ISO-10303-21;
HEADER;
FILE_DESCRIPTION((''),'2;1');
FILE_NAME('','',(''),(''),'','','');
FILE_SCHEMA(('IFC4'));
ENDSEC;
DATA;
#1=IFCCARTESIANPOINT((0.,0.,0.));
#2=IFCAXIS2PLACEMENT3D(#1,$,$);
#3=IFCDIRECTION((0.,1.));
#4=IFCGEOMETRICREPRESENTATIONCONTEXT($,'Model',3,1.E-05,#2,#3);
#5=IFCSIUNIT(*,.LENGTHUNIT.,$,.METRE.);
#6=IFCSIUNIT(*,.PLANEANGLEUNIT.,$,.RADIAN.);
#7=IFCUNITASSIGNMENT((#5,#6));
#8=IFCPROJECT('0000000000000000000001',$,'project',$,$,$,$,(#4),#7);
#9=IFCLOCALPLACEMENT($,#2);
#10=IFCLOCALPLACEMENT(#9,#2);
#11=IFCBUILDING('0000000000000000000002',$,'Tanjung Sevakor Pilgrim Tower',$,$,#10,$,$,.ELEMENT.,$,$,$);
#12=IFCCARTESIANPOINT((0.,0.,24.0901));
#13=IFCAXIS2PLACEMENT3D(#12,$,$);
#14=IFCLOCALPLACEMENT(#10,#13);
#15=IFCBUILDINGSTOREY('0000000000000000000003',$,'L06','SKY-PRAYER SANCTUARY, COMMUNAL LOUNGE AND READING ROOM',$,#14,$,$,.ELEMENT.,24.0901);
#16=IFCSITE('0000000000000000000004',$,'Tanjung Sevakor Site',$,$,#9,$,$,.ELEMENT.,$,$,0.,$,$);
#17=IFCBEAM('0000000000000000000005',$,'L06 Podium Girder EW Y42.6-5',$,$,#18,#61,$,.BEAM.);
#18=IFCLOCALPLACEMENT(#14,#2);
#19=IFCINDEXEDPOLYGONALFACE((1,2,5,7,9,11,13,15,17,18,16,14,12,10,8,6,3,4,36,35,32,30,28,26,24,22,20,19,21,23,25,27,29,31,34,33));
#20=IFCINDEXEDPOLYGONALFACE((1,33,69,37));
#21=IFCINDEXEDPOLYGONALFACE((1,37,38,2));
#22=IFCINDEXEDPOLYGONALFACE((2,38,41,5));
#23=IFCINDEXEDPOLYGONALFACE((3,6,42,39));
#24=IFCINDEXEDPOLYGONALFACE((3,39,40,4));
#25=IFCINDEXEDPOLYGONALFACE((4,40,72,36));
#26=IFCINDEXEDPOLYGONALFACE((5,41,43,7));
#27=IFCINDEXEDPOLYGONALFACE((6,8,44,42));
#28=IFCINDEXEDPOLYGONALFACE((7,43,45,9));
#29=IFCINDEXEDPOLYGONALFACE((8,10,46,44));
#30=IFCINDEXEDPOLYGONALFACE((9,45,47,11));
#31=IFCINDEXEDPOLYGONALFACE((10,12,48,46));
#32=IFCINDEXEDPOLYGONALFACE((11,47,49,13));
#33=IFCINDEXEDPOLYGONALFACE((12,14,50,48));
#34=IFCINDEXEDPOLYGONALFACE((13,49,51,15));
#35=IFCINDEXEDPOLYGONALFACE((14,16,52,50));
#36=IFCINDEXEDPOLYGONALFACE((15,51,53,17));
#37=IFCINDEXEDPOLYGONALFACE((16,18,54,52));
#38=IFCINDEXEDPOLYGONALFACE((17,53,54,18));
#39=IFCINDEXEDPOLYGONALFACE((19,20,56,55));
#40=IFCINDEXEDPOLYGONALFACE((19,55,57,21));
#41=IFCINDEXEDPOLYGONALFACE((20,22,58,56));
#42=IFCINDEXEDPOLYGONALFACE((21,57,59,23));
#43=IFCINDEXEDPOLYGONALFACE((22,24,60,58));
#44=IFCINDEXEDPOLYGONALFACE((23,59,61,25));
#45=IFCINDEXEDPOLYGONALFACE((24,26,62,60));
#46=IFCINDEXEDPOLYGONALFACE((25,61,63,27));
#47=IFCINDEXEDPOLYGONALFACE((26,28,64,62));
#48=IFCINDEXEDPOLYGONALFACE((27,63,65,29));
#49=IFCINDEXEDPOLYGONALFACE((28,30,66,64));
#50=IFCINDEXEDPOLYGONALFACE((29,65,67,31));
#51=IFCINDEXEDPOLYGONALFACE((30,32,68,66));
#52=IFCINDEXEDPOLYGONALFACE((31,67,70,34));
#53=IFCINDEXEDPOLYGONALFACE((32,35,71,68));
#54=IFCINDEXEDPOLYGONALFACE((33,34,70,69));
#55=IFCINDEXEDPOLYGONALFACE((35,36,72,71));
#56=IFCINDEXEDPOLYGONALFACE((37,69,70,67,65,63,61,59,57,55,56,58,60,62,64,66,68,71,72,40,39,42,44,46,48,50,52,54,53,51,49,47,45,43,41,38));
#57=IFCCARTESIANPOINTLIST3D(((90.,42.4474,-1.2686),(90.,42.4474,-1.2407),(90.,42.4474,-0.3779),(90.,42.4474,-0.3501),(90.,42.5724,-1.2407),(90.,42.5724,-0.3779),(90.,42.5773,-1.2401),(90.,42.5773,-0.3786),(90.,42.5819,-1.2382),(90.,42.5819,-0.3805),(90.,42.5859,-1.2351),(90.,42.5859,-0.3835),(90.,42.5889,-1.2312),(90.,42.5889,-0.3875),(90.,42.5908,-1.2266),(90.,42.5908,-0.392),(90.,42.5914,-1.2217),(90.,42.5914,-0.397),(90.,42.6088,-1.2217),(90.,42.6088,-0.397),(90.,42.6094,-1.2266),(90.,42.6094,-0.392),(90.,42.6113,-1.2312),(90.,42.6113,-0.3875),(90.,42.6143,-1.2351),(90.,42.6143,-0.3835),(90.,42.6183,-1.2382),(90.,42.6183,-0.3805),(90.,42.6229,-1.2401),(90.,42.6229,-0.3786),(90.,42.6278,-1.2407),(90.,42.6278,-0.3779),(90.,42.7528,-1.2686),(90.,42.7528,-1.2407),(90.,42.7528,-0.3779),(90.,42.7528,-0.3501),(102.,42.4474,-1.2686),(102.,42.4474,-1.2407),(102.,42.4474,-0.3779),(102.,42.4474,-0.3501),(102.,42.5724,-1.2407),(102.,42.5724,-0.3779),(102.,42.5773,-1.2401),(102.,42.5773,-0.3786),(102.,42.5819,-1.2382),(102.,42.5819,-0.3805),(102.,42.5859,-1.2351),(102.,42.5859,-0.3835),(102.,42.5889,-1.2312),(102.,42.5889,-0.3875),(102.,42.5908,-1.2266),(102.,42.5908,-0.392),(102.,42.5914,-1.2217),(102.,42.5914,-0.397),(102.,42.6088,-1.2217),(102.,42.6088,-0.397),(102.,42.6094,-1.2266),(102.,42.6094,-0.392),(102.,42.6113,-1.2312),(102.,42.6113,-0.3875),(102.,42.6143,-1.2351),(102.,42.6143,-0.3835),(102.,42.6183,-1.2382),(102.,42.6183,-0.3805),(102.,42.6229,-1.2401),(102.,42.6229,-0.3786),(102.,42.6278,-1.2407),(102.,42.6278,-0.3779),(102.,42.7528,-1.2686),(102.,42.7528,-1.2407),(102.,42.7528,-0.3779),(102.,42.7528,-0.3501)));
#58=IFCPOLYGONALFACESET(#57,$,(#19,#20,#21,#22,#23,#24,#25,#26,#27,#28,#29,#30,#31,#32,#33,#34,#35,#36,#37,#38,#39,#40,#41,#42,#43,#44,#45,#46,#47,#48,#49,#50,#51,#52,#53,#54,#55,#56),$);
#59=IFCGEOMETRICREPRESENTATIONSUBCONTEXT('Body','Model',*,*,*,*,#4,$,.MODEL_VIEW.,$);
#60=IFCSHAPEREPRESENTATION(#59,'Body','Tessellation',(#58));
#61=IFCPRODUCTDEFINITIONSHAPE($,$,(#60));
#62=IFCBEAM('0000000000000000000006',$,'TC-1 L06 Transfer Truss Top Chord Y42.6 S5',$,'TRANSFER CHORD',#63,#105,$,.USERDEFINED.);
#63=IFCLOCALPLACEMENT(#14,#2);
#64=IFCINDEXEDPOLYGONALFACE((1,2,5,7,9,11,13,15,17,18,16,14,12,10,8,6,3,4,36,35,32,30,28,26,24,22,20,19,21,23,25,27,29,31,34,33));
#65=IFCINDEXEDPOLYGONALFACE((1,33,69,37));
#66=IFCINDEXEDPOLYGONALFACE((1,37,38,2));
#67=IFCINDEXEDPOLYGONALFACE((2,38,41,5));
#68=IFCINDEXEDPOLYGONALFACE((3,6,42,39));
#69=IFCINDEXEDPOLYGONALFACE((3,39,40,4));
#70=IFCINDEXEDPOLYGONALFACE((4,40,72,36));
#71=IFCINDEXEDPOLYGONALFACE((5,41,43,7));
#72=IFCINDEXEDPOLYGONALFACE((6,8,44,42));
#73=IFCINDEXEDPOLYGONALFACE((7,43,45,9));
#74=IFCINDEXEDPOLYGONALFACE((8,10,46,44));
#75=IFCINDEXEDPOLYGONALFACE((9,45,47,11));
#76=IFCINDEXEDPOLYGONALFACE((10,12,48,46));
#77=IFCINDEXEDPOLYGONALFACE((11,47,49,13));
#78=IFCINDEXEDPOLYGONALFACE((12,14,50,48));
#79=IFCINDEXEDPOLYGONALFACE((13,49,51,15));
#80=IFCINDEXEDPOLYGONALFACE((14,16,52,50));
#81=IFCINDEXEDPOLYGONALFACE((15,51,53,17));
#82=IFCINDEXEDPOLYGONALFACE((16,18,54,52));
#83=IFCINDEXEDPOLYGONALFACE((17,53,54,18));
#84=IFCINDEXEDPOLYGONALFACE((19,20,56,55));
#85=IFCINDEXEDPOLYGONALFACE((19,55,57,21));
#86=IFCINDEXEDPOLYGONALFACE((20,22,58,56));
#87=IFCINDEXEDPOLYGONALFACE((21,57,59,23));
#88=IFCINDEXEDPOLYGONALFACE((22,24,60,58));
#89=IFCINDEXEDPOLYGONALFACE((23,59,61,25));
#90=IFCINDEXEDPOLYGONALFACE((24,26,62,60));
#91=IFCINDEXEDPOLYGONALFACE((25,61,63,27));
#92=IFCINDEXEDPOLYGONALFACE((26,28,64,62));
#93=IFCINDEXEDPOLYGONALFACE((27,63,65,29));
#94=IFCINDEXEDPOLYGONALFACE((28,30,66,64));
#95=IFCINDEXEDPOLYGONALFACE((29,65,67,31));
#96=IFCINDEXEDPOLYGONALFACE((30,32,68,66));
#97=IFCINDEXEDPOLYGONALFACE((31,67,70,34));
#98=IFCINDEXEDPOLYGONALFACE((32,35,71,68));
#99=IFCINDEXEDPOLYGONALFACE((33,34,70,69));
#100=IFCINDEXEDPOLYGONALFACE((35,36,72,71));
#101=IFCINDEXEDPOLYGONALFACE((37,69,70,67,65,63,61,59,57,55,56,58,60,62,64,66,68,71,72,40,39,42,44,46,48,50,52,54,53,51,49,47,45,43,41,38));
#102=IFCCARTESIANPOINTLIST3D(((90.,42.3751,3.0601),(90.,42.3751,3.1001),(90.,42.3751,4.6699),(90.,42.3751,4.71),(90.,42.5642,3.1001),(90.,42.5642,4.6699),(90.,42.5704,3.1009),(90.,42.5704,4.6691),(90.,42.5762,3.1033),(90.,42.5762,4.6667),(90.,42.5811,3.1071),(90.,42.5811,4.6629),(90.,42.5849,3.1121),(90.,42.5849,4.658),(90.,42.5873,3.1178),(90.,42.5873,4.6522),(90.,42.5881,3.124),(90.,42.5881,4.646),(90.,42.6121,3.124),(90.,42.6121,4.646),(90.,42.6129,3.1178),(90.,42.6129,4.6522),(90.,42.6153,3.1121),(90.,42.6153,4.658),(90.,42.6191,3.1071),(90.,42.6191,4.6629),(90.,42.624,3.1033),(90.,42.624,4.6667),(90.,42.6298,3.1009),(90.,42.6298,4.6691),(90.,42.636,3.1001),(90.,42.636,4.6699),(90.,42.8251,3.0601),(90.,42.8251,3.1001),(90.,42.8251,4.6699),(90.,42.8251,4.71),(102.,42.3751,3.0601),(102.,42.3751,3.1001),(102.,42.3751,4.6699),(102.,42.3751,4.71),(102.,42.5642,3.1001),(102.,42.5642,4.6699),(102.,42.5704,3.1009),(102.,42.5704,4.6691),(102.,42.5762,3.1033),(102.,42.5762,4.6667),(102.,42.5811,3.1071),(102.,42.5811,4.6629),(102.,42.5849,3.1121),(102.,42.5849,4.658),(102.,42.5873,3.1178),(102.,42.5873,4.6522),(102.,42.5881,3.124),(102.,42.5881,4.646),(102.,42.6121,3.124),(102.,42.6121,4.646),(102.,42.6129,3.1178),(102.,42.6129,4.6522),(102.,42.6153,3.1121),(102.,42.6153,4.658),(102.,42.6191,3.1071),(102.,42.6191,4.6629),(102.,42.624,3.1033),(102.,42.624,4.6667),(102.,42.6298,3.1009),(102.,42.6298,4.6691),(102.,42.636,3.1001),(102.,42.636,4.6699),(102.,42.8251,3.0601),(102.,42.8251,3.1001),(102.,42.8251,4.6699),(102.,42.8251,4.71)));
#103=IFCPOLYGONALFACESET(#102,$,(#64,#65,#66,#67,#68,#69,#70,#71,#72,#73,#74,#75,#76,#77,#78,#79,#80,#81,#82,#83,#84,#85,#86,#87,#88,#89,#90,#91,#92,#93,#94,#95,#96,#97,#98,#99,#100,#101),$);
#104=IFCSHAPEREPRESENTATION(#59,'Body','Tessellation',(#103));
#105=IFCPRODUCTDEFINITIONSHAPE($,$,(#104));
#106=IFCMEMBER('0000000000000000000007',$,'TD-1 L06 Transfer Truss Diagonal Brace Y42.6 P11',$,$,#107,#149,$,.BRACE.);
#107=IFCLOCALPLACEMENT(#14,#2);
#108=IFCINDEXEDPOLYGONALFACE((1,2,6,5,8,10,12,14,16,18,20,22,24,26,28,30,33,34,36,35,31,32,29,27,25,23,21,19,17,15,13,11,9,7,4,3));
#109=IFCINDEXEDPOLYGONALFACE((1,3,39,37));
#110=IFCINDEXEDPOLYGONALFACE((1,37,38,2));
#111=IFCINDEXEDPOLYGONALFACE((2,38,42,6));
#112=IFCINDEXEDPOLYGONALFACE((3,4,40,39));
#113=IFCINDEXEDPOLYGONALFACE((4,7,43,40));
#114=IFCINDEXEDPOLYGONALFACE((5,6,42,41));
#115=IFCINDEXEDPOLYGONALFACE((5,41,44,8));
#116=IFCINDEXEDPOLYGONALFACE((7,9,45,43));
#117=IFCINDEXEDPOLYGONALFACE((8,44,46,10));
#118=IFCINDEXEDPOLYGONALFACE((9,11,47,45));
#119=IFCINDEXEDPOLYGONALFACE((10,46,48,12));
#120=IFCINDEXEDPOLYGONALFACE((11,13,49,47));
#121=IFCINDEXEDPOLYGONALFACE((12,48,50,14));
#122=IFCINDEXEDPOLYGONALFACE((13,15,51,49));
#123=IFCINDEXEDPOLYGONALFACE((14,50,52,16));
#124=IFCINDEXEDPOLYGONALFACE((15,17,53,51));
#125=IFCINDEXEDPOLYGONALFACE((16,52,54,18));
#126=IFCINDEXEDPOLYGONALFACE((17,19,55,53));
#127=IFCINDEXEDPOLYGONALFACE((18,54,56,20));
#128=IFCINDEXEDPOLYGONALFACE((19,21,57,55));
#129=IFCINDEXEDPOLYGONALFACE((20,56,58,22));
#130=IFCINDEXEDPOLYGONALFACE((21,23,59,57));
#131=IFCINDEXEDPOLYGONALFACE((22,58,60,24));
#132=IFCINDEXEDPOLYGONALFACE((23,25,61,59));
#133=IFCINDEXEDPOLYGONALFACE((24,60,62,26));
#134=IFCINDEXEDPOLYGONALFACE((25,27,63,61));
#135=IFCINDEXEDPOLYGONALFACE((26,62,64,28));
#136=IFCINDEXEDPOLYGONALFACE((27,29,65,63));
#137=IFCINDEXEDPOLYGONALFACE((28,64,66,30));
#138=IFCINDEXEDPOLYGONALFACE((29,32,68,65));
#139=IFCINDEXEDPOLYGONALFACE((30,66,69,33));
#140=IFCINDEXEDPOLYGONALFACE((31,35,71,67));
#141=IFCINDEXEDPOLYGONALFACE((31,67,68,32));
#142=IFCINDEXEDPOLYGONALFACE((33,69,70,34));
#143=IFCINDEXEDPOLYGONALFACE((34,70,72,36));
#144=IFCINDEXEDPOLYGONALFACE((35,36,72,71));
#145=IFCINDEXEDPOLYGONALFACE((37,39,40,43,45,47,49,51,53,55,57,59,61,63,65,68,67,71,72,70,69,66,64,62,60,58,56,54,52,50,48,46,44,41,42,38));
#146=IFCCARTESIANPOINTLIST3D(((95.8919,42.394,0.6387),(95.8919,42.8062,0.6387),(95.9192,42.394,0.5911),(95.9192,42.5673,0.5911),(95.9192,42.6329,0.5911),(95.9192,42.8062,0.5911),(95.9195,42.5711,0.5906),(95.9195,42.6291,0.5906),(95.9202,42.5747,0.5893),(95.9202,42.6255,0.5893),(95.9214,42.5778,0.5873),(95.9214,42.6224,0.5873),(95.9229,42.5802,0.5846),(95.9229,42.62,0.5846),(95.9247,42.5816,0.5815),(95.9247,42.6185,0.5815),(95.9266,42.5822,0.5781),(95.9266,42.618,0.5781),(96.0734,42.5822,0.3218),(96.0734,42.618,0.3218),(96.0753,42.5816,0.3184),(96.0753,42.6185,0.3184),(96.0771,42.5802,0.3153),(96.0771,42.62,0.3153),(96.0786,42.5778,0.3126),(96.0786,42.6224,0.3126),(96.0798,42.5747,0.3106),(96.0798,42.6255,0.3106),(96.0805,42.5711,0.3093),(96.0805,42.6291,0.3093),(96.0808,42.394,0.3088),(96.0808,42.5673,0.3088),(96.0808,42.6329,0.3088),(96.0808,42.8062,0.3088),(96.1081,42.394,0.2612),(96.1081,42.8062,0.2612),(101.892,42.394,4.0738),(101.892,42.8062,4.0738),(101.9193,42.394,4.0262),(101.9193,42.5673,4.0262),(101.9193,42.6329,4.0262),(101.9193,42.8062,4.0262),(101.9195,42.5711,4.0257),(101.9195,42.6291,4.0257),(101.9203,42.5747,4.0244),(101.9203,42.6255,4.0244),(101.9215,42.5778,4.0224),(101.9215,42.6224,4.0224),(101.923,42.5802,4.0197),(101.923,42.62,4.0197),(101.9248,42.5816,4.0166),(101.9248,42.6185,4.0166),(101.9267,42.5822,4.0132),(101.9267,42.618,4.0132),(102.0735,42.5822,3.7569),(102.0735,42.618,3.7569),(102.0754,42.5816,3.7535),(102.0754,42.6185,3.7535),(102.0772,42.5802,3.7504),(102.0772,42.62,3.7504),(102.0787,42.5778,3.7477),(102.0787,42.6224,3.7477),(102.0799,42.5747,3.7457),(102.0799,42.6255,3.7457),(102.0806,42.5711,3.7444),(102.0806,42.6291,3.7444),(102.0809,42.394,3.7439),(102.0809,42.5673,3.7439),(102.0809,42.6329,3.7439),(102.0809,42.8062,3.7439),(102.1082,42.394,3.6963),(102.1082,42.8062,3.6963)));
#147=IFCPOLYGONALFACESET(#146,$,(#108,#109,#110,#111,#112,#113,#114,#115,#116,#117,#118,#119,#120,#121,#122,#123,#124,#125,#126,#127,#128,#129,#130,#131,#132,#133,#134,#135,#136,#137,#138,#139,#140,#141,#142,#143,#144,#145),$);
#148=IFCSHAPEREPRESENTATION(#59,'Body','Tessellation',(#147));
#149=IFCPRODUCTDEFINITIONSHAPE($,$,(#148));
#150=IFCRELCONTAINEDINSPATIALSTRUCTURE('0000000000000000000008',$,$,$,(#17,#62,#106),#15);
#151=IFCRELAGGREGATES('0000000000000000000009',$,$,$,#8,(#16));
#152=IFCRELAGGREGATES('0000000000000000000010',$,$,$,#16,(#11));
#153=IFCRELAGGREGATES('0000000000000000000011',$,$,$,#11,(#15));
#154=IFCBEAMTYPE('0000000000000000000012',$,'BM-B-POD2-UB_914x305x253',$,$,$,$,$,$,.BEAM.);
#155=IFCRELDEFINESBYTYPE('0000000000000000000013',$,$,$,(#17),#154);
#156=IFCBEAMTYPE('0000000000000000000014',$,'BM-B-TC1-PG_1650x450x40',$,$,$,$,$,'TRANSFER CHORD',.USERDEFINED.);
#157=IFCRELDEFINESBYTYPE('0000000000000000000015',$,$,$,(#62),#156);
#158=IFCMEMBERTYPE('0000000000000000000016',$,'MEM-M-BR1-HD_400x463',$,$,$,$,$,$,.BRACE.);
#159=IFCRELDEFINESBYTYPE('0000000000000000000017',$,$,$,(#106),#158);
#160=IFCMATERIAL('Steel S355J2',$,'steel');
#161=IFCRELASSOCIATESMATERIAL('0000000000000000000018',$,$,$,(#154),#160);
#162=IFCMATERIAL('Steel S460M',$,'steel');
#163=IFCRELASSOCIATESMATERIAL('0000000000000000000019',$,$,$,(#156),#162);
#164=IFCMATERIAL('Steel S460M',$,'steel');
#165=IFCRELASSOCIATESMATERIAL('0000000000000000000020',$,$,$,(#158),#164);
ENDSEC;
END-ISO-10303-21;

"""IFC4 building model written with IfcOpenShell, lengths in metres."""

from ifc_helpers import new_model, si_unit, direction, frame, origin, origin_2d, place, context, subcontext, project, spatial, i_section, extrude, material, material_profile, profile_set, type_object, element, save


model = new_model("IFC4")

# Units and contexts
model_context = context("Model", 3, precision=1e-05, world=origin(), true_north=direction((0.0, 1.0)))
body_context = subcontext(model_context, "Body", "Model", "MODEL_VIEW")
ifc_project = project(units=[si_unit("LENGTHUNIT", "METRE"), si_unit("PLANEANGLEUNIT", "RADIAN")], contexts=[model_context])

# Site, building, storey
site_placement = place(None, origin())
site = spatial("IfcSite", under=ifc_project, at=site_placement, Name="Tanjung Sevakor Site", CompositionType="ELEMENT", RefElevation=0.0)
building_placement = place(site_placement, origin())
building = spatial("IfcBuilding", under=site, at=building_placement, Name="Tanjung Sevakor Pilgrim Tower", CompositionType="ELEMENT")
storey_placement = place(building_placement, frame((0.0, 0.0, 24.0901)))
storey = spatial("IfcBuildingStorey", under=building, at=storey_placement, Name="L06", Description="SKY-PRAYER SANCTUARY, COMMUNAL LOUNGE AND READING ROOM", CompositionType="ELEMENT", Elevation=24.0901)

# Beams
ifc_material_1 = material(Name="Steel S355J2", Category="steel")
ifc_material_profile_1 = material_profile(ifc_material_1, i_section(OverallWidth=0.3054, OverallDepth=0.9185, WebThickness=0.0173, FlangeThickness=0.0278, FilletRadius=0.019, at=origin_2d()))
ifc_profile_set_1 = profile_set([ifc_material_profile_1], Name="Steel S355J2")
beam_type_1 = type_object("IfcBeamType", Name="BM-B-POD2-UB_914x305x253", PredefinedType="BEAM", material=ifc_profile_set_1)
beam_1_placement = place(storey_placement, frame((90.0, 42.6001, -0.8093), z_axis=(1.0, 0.0, 0.0), x_axis=(0.0, 1.0, 0.0)))
element("IfcBeam", 1, at=beam_1_placement, inside=storey, type_object=beam_type_1, Name="L06 Podium Girder EW Y42.6-5", PredefinedType="BEAM", context=body_context, shape_type="SweptSolid", body=[
    extrude(i_section(OverallWidth=0.3054, OverallDepth=0.9185, WebThickness=0.0173, FlangeThickness=0.0278, FilletRadius=0.019, at=origin_2d()), origin(), (0.0, 0.0, 1.0), 12.0),
])
ifc_material_2 = material(Name="Steel S460M", Category="steel")
ifc_material_profile_2 = material_profile(ifc_material_2, i_section(OverallWidth=0.45, OverallDepth=1.6499, WebThickness=0.0239, FlangeThickness=0.04, FilletRadius=0.0239, at=origin_2d()))
ifc_profile_set_2 = profile_set([ifc_material_profile_2], Name="Steel S460M")
beam_type_2 = type_object("IfcBeamType", Name="BM-B-TC1-PG_1650x450x40", ElementType="TRANSFER CHORD", PredefinedType="USERDEFINED", material=ifc_profile_set_2)
beam_2_placement = place(storey_placement, frame((90.0, 42.6001, 3.885), z_axis=(1.0, 0.0, 0.0), x_axis=(0.0, 1.0, 0.0)))
element("IfcBeam", 2, at=beam_2_placement, inside=storey, type_object=beam_type_2, Name="TC-1 L06 Transfer Truss Top Chord Y42.6 S5", ObjectType="TRANSFER CHORD", PredefinedType="USERDEFINED", context=body_context, shape_type="SweptSolid", body=[
    extrude(i_section(OverallWidth=0.45, OverallDepth=1.6499, WebThickness=0.0239, FlangeThickness=0.04, FilletRadius=0.0239, at=origin_2d()), origin(), (0.0, 0.0, 1.0), 12.0),
])

# Member
ifc_material_3 = material(Name="Steel S460M", Category="steel")
ifc_material_profile_3 = material_profile(ifc_material_3, i_section(OverallWidth=0.4121, OverallDepth=0.4351, WebThickness=0.0359, FlangeThickness=0.0549, FilletRadius=0.0149, at=origin_2d()))
ifc_profile_set_3 = profile_set([ifc_material_profile_3], Name="Steel S460M")
member_type_1 = type_object("IfcMemberType", Name="MEM-M-BR1-HD_400x463", PredefinedType="BRACE", material=ifc_profile_set_3)
member_1_placement = place(storey_placement, frame((96.0, 42.6001, 0.45), z_axis=(0.867839, 0.0, 0.496846), x_axis=(0.0, 1.0, 0.0)))
element("IfcMember", 3, at=member_1_placement, inside=storey, type_object=member_type_1, Name="TD-1 L06 Transfer Truss Diagonal Brace Y42.6 P11", PredefinedType="BRACE", context=body_context, shape_type="SweptSolid", body=[
    extrude(i_section(OverallWidth=0.4121, OverallDepth=0.4351, WebThickness=0.0359, FlangeThickness=0.0549, FilletRadius=0.0149, at=origin_2d()), origin(), (0.0, 0.0, 1.0), 6.9138),
])

save(model, "model.ifc")
